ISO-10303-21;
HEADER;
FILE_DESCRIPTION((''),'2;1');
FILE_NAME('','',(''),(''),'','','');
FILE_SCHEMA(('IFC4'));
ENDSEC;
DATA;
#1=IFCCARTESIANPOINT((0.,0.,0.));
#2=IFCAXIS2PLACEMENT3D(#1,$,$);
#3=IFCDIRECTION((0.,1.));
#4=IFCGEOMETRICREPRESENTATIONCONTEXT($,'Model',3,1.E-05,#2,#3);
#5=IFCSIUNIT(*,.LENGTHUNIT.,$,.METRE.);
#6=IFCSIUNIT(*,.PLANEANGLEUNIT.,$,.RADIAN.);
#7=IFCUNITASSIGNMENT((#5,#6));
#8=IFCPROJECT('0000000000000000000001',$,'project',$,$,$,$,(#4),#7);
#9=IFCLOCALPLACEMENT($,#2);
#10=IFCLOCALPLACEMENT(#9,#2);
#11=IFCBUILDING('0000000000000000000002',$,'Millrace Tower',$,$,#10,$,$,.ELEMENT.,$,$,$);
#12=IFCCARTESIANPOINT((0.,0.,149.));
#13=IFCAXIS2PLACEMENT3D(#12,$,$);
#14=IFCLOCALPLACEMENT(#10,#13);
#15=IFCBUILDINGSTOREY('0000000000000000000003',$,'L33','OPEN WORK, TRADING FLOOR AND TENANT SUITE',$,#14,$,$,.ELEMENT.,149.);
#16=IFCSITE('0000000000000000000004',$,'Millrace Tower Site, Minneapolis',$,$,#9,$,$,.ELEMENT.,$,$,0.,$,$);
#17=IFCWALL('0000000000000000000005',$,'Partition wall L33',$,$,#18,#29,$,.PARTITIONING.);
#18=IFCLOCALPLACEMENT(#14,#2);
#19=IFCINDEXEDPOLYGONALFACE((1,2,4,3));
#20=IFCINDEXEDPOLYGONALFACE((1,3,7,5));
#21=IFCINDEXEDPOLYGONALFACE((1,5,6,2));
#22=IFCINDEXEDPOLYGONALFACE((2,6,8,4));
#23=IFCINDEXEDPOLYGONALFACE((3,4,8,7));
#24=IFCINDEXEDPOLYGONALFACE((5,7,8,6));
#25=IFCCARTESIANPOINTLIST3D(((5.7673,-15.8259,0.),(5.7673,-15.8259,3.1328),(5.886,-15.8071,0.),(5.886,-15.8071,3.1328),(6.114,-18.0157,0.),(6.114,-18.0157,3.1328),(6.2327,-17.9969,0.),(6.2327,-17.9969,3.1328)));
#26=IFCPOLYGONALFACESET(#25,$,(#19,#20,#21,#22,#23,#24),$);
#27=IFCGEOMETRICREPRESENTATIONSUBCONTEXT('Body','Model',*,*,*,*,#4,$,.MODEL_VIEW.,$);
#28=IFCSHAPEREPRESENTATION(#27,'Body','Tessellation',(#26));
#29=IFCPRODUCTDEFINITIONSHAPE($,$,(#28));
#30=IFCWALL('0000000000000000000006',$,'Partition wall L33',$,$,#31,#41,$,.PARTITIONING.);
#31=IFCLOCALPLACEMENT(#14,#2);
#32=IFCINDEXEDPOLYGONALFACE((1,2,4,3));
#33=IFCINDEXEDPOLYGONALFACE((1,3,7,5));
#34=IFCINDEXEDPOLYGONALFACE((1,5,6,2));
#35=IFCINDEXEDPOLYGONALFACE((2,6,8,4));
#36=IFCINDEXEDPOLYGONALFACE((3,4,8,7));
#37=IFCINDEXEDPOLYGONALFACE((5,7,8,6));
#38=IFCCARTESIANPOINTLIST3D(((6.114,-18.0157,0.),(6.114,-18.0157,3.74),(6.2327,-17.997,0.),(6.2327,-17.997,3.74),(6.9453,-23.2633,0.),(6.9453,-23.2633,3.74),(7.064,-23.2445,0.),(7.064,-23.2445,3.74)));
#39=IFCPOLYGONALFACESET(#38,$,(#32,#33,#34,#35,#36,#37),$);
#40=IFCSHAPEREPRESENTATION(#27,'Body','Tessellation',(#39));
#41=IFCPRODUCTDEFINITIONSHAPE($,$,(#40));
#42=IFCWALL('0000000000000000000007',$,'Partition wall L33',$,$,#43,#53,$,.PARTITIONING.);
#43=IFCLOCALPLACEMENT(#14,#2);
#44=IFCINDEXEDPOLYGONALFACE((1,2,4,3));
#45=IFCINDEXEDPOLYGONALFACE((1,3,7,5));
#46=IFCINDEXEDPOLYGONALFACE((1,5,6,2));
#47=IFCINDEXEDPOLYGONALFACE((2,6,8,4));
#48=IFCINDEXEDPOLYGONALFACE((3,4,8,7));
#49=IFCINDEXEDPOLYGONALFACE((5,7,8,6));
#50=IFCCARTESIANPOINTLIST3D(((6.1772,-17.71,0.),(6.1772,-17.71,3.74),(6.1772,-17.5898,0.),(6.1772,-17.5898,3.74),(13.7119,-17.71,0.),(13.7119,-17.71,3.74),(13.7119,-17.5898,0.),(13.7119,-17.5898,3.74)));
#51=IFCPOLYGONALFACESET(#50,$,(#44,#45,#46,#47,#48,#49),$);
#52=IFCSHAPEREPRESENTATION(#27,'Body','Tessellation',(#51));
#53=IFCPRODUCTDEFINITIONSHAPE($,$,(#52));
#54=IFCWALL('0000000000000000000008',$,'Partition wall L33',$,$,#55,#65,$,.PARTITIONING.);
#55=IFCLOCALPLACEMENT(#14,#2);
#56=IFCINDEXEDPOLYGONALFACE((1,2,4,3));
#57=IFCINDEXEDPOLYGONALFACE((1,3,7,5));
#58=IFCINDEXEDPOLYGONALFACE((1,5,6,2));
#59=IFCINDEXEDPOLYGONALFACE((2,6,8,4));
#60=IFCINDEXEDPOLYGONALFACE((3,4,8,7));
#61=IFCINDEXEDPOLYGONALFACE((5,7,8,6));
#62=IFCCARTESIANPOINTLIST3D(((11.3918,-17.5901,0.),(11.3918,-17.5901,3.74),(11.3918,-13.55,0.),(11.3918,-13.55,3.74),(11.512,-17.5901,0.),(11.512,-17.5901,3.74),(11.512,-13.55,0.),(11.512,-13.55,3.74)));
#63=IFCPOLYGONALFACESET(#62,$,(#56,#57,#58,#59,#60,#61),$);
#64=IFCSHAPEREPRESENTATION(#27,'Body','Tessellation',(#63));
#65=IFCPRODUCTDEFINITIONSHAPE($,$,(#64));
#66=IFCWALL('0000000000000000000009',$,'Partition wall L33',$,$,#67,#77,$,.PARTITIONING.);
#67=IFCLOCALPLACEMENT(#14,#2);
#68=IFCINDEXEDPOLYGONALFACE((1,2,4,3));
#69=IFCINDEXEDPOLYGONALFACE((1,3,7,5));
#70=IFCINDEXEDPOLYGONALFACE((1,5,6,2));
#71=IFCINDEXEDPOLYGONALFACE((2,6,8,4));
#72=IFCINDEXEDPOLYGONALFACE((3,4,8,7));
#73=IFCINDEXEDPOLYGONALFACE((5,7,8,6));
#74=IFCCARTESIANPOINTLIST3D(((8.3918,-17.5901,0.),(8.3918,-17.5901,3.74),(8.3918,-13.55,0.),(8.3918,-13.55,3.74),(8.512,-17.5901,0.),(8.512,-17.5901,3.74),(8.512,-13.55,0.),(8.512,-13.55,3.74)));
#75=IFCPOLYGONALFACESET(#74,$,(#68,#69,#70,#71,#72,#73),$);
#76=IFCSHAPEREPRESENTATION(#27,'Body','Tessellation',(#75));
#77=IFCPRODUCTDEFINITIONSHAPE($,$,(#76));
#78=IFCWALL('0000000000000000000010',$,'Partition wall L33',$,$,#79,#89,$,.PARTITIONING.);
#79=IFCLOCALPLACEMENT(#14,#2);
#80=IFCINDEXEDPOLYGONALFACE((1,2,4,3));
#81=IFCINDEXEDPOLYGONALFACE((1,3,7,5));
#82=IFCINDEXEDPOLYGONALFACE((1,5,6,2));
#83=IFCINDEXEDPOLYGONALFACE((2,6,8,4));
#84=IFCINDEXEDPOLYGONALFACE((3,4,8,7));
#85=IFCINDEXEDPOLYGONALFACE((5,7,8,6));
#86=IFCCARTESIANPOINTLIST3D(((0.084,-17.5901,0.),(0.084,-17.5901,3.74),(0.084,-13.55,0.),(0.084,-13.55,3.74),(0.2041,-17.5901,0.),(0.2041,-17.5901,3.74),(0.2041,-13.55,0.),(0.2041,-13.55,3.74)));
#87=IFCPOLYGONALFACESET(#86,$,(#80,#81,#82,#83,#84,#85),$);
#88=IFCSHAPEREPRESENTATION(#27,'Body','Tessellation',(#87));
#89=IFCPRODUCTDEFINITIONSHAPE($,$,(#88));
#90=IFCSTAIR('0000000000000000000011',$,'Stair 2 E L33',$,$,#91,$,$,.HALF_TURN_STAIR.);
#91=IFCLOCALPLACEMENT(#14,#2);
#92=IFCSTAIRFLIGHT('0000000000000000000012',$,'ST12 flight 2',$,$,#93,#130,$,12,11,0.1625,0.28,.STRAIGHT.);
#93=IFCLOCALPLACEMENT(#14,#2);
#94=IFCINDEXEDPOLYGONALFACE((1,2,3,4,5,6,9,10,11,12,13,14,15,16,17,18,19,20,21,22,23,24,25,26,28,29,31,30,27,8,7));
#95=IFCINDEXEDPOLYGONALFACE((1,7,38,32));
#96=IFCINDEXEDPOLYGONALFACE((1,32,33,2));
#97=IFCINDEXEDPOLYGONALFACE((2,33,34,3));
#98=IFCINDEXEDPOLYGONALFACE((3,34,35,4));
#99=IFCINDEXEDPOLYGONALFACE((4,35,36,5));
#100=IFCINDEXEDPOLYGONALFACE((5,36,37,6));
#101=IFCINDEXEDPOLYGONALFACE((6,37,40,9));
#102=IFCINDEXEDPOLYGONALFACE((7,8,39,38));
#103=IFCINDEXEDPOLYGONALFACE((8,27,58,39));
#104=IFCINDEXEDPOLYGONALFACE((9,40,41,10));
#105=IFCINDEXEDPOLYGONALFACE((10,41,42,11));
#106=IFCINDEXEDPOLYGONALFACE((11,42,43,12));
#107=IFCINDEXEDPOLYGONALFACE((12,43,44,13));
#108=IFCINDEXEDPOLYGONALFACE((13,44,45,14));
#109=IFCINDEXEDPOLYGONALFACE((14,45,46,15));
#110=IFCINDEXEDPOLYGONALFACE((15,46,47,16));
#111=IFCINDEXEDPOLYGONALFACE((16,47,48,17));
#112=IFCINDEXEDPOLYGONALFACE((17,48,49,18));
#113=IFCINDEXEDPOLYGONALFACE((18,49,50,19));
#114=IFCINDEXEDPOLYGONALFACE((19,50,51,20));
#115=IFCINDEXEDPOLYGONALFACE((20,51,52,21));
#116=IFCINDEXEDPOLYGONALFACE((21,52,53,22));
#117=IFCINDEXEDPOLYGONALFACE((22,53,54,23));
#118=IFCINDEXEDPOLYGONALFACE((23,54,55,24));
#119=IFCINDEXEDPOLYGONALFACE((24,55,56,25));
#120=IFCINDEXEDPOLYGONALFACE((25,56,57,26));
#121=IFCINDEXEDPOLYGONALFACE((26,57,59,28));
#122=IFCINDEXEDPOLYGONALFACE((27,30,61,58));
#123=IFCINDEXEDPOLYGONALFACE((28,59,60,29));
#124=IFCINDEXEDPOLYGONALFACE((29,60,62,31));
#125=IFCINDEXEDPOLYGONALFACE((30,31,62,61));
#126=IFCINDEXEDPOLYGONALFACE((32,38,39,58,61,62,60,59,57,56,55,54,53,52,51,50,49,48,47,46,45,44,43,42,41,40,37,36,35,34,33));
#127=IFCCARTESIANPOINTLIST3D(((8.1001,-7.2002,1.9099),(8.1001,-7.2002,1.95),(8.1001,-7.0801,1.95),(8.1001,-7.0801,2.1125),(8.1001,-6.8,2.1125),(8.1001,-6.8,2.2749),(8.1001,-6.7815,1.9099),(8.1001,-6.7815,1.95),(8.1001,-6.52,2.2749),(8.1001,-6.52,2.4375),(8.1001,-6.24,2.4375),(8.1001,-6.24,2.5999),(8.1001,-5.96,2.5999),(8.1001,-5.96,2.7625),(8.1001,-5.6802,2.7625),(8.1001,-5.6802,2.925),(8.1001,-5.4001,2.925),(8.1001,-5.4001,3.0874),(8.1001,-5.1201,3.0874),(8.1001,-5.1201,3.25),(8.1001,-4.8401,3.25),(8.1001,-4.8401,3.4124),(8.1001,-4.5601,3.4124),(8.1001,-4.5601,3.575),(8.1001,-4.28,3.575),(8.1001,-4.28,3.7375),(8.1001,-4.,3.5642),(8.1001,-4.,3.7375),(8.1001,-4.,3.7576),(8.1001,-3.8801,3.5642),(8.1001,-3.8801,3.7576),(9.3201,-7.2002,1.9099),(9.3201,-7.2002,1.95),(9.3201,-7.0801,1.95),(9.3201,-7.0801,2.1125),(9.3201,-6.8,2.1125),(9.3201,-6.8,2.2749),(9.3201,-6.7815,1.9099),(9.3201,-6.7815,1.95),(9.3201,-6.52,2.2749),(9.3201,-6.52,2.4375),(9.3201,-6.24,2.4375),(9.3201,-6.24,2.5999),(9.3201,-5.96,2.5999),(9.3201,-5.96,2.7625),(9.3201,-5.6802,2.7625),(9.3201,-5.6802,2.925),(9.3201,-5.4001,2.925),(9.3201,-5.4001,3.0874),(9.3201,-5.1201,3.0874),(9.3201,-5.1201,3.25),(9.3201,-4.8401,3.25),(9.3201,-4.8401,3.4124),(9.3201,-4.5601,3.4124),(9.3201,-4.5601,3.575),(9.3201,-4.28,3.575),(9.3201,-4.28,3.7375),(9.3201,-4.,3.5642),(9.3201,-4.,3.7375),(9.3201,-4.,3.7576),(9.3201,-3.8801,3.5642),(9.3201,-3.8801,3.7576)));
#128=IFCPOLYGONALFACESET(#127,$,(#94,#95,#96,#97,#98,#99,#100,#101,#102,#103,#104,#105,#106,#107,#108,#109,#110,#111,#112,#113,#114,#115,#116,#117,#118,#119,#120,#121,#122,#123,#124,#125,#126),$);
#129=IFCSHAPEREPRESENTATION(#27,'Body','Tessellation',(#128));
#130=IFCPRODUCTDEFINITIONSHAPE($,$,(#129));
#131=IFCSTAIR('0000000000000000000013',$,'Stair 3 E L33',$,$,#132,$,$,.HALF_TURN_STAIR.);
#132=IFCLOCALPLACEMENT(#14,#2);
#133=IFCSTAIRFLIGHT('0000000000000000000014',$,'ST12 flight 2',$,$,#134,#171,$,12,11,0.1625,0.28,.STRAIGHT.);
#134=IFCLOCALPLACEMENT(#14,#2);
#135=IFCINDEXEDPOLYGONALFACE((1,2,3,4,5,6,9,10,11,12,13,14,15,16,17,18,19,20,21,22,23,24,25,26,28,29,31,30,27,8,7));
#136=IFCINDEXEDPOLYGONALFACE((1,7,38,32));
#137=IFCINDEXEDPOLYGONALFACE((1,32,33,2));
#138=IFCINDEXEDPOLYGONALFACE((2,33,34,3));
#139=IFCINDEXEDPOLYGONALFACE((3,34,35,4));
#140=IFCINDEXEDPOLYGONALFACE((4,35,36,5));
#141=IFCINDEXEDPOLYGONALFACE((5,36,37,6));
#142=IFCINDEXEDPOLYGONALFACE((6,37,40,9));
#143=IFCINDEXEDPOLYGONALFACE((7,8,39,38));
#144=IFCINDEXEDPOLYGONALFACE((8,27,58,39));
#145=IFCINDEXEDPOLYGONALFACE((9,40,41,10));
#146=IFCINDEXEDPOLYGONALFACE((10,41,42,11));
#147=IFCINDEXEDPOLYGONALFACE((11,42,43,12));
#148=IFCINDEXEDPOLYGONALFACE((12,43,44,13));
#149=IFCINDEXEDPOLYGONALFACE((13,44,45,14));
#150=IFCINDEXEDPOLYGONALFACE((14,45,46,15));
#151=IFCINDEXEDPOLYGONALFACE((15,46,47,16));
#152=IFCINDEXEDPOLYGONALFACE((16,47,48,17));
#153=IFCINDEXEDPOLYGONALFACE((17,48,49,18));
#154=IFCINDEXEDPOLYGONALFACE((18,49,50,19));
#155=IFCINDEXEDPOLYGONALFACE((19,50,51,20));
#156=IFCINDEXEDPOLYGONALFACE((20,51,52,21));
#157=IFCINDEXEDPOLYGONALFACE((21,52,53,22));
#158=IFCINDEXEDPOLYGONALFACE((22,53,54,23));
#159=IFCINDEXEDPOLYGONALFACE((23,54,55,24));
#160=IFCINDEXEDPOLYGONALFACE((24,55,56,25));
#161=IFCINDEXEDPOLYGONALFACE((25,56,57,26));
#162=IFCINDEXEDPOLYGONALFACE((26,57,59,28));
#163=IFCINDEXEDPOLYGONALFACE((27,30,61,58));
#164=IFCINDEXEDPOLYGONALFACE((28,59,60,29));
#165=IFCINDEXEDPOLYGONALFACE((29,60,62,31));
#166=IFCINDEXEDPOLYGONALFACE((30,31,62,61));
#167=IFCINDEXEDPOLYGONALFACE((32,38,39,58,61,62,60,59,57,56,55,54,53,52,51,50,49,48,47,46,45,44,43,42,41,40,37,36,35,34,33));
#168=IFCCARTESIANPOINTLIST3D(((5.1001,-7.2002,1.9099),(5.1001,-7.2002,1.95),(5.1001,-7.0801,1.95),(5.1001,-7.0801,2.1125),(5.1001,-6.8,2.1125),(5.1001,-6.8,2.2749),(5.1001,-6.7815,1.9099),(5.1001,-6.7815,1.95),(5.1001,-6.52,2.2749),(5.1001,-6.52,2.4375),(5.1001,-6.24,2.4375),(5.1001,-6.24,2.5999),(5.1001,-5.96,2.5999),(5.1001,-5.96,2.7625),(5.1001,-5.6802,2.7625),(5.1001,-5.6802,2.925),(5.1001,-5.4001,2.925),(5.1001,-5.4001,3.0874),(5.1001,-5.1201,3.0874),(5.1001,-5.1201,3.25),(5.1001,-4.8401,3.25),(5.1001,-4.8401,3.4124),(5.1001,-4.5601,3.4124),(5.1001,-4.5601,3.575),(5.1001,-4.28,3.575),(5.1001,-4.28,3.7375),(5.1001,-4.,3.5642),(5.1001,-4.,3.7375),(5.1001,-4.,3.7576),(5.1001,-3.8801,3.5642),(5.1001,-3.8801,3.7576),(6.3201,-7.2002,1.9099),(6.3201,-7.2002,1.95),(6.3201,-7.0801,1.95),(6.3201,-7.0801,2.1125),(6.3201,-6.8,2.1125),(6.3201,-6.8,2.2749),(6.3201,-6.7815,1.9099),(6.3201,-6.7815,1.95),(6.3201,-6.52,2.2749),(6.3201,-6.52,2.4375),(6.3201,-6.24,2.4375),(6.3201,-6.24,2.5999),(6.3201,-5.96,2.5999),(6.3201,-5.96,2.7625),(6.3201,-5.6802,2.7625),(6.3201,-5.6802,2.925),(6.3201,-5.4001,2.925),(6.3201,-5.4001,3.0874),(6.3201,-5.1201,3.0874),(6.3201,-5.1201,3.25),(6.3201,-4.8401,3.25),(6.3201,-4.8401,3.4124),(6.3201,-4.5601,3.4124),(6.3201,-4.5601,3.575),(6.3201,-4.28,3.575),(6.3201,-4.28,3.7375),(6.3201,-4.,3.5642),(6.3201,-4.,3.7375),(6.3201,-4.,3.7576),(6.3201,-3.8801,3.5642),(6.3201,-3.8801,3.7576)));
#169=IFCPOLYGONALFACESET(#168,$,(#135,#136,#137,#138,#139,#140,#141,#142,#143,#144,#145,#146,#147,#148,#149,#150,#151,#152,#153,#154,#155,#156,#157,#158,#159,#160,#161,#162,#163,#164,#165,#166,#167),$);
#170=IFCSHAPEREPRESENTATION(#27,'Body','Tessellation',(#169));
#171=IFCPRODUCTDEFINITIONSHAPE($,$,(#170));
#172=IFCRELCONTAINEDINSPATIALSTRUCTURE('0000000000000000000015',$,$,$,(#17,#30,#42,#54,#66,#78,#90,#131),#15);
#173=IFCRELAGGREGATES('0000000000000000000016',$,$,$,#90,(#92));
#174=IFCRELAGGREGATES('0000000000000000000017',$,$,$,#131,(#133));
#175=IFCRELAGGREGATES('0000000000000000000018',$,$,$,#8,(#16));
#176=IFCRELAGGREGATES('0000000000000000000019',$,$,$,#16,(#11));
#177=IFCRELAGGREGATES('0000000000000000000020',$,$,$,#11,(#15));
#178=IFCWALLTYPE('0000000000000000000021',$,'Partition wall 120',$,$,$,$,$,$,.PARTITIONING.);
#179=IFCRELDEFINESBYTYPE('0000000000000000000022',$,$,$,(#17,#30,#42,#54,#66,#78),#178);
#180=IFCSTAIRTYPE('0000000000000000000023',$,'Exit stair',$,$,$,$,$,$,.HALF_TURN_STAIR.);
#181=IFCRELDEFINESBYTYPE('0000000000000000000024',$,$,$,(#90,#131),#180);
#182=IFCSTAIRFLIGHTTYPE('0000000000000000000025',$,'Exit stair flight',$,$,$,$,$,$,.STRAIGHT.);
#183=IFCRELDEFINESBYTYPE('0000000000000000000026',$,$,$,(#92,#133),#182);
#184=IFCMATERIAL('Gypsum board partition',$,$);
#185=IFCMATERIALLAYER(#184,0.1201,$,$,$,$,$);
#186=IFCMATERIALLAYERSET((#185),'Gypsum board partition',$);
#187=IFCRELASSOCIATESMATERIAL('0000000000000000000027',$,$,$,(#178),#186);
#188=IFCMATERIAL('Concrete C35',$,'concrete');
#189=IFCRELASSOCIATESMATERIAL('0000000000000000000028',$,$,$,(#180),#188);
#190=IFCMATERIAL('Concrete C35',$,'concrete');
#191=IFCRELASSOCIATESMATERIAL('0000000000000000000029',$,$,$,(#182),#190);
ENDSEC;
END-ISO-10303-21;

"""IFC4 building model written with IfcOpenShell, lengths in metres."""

from ifc_helpers import new_model, si_unit, direction, frame, frame_2d, origin, place, context, subcontext, project, spatial, polyline, rectangle, outline, extrude, material, layer, layer_set, type_object, element, aggregate, save


model = new_model("IFC4")

# Units and contexts
model_context = context("Model", 3, precision=1e-05, world=origin(), true_north=direction((0.0, 1.0)))
body_context = subcontext(model_context, "Body", "Model", "MODEL_VIEW")
ifc_project = project(units=[si_unit("LENGTHUNIT", "METRE"), si_unit("PLANEANGLEUNIT", "RADIAN")], contexts=[model_context])

# Site, building, storey
site_placement = place(None, origin())
site = spatial("IfcSite", under=ifc_project, at=site_placement, Name="Millrace Tower Site, Minneapolis", CompositionType="ELEMENT", RefElevation=0.0)
building_placement = place(site_placement, origin())
building = spatial("IfcBuilding", under=site, at=building_placement, Name="Millrace Tower", CompositionType="ELEMENT")
storey_placement = place(building_placement, frame((0.0, 0.0, 149.0)))
storey = spatial("IfcBuildingStorey", under=building, at=storey_placement, Name="L33", Description="OPEN WORK, TRADING FLOOR AND TENANT SUITE", CompositionType="ELEMENT", Elevation=149.0)

# Shared definitions
placement = place(storey_placement, origin())

# Walls
ifc_material_1 = material(Name="Gypsum board partition")
ifc_layer_1 = layer(ifc_material_1, 0.1201)
ifc_layer_set_1 = layer_set([ifc_layer_1], Name="Gypsum board partition")
wall_type_1 = type_object("IfcWallType", Name="Partition wall 120", PredefinedType="PARTITIONING", material=ifc_layer_set_1)
wall_1_placement = place(storey_placement, frame((5.8267, -15.8167, 0.0), z_axis=(0.0, 0.0, 1.0), x_axis=(0.156375, -0.987698, 0.0)))
element("IfcWall", 1, at=wall_1_placement, inside=storey, type_object=wall_type_1, Name="Partition wall L33", PredefinedType="PARTITIONING", context=body_context, shape_type="SweptSolid", body=[
    extrude(rectangle(XDim=2.217, YDim=0.1201, at=frame_2d((1.1084, 0.0))), origin(), (0.0, 0.0, 1.0), 3.1328),
])
wall_2_placement = place(storey_placement, frame((6.1733, -18.0063, 0.0), z_axis=(0.0, 0.0, 1.0), x_axis=(0.156465, -0.987683, 0.0)))
element("IfcWall", 2, at=wall_2_placement, inside=storey, type_object=wall_type_1, Name="Partition wall L33", PredefinedType="PARTITIONING", context=body_context, shape_type="SweptSolid", body=[
    extrude(rectangle(XDim=5.313, YDim=0.1201, at=frame_2d((2.6565, 0.0))), origin(), (0.0, 0.0, 1.0), 3.74),
])
wall_3_placement = place(storey_placement, frame((6.1772, -17.6499, 0.0), z_axis=(0.0, 0.0, 1.0), x_axis=(1.0, 0.0, 0.0)))
element("IfcWall", 3, at=wall_3_placement, inside=storey, type_object=wall_type_1, Name="Partition wall L33", PredefinedType="PARTITIONING", context=body_context, shape_type="SweptSolid", body=[
    extrude(rectangle(XDim=7.5347, YDim=0.1201, at=frame_2d((3.7673, 0.0))), origin(), (0.0, 0.0, 1.0), 3.74),
])
for number, where, z_axis, x_axis, name in (
    (4, (11.4519, -17.5901, 0.0), (0.0, 0.0, 1.0), (0.0, 1.0, 0.0), "Partition wall L33"),
    (5, (8.4519, -17.5901, 0.0), (0.0, 0.0, 1.0), (0.0, 1.0, 0.0), "Partition wall L33"),
    (6, (0.144, -17.5901, 0.0), (0.0, 0.0, 1.0), (0.0, 1.0, 0.0), "Partition wall L33"),
):
    element("IfcWall", number, at=place(storey_placement, frame(where, z_axis=z_axis, x_axis=x_axis)), inside=storey, type_object=wall_type_1, Name=name, PredefinedType="PARTITIONING", context=body_context, shape_type="SweptSolid", body=[
        extrude(rectangle(XDim=4.04, YDim=0.1201, at=frame_2d((2.02, 0.0))), origin(), (0.0, 0.0, 1.0), 3.74),
    ])

# Stairs, stair flights
ifc_material_2 = material(Name="Concrete C35", Category="concrete")
stair_type = type_object("IfcStairType", Name="Exit stair", PredefinedType="HALF_TURN_STAIR", material=ifc_material_2)
stair_1 = element("IfcStair", 7, at=placement, inside=storey, type_object=stair_type, Name="Stair 2 E L33", PredefinedType="HALF_TURN_STAIR")
ifc_material_3 = material(Name="Concrete C35", Category="concrete")
stair_flight_type = type_object("IfcStairFlightType", Name="Exit stair flight", PredefinedType="STRAIGHT", material=ifc_material_3)
stair_flight_1_placement = place(storey_placement, frame((8.71, -7.0801, 1.95), z_axis=(0.0, 0.0, 1.0), x_axis=(0.0, 1.0, 0.0)))
stair_flight_1 = element("IfcStairFlight", 8, at=stair_flight_1_placement, type_object=stair_flight_type, Name="ST12 flight 2", NumberOfRisers=12, NumberOfTreads=11, PredefinedType="STRAIGHT", RiserHeight=0.1625, TreadLength=0.28, context=body_context, shape_type="SweptSolid", body=[
    extrude(outline(polyline([(-0.1201, -0.04), (-0.1201, 0.0), (0.0, 0.0), (0.0, 0.1626), (0.28, 0.1626), (0.28, 0.325), (0.5601, 0.325), (0.5601, 0.4875), (0.8401, 0.4875), (0.8401, 0.6499), (1.1201, 0.6499), (1.1201, 0.8125), (1.3999, 0.8125), (1.3999, 0.9751), (1.6799, 0.9751), (1.6799, 1.1375), (1.96, 1.1375), (1.96, 1.3), (2.24, 1.3), (2.24, 1.4624), (2.52, 1.4624), (2.52, 1.625), (2.8, 1.625), (2.8, 1.7876), (3.0801, 1.7876), (3.0801, 1.8076), (3.2, 1.8076), (3.2, 1.6143), (3.0801, 1.6143), (0.2986, 0.0), (0.2986, -0.04), (-0.1201, -0.04)])), frame((0.0, 0.6099, 0.0), z_axis=(0.0, -1.0, 0.0), x_axis=(1.0, 0.0, 0.0)), (0.0, 0.0, 1.0), 1.22),
])
aggregate(stair_1, [stair_flight_1])
stair_2 = element("IfcStair", 9, at=placement, inside=storey, type_object=stair_type, Name="Stair 3 E L33", PredefinedType="HALF_TURN_STAIR")
stair_flight_2_placement = place(storey_placement, frame((5.71, -7.0801, 1.95), z_axis=(0.0, 0.0, 1.0), x_axis=(0.0, 1.0, 0.0)))
stair_flight_2 = element("IfcStairFlight", 10, at=stair_flight_2_placement, type_object=stair_flight_type, Name="ST12 flight 2", NumberOfRisers=12, NumberOfTreads=11, PredefinedType="STRAIGHT", RiserHeight=0.1625, TreadLength=0.28, context=body_context, shape_type="SweptSolid", body=[
    extrude(outline(polyline([(-0.1201, -0.04), (-0.1201, 0.0), (0.0, 0.0), (0.0, 0.1626), (0.28, 0.1626), (0.28, 0.325), (0.5601, 0.325), (0.5601, 0.4875), (0.8401, 0.4875), (0.8401, 0.6499), (1.1201, 0.6499), (1.1201, 0.8125), (1.3999, 0.8125), (1.3999, 0.9751), (1.6799, 0.9751), (1.6799, 1.1375), (1.96, 1.1375), (1.96, 1.3), (2.24, 1.3), (2.24, 1.4624), (2.52, 1.4624), (2.52, 1.625), (2.8, 1.625), (2.8, 1.7876), (3.0801, 1.7876), (3.0801, 1.8076), (3.2, 1.8076), (3.2, 1.6143), (3.0801, 1.6143), (0.2986, 0.0), (0.2986, -0.04), (-0.1201, -0.04)])), frame((0.0, 0.6099, 0.0), z_axis=(0.0, -1.0, 0.0), x_axis=(1.0, 0.0, 0.0)), (0.0, 0.0, 1.0), 1.22),
])
aggregate(stair_2, [stair_flight_2])

save(model, "model.ifc")
